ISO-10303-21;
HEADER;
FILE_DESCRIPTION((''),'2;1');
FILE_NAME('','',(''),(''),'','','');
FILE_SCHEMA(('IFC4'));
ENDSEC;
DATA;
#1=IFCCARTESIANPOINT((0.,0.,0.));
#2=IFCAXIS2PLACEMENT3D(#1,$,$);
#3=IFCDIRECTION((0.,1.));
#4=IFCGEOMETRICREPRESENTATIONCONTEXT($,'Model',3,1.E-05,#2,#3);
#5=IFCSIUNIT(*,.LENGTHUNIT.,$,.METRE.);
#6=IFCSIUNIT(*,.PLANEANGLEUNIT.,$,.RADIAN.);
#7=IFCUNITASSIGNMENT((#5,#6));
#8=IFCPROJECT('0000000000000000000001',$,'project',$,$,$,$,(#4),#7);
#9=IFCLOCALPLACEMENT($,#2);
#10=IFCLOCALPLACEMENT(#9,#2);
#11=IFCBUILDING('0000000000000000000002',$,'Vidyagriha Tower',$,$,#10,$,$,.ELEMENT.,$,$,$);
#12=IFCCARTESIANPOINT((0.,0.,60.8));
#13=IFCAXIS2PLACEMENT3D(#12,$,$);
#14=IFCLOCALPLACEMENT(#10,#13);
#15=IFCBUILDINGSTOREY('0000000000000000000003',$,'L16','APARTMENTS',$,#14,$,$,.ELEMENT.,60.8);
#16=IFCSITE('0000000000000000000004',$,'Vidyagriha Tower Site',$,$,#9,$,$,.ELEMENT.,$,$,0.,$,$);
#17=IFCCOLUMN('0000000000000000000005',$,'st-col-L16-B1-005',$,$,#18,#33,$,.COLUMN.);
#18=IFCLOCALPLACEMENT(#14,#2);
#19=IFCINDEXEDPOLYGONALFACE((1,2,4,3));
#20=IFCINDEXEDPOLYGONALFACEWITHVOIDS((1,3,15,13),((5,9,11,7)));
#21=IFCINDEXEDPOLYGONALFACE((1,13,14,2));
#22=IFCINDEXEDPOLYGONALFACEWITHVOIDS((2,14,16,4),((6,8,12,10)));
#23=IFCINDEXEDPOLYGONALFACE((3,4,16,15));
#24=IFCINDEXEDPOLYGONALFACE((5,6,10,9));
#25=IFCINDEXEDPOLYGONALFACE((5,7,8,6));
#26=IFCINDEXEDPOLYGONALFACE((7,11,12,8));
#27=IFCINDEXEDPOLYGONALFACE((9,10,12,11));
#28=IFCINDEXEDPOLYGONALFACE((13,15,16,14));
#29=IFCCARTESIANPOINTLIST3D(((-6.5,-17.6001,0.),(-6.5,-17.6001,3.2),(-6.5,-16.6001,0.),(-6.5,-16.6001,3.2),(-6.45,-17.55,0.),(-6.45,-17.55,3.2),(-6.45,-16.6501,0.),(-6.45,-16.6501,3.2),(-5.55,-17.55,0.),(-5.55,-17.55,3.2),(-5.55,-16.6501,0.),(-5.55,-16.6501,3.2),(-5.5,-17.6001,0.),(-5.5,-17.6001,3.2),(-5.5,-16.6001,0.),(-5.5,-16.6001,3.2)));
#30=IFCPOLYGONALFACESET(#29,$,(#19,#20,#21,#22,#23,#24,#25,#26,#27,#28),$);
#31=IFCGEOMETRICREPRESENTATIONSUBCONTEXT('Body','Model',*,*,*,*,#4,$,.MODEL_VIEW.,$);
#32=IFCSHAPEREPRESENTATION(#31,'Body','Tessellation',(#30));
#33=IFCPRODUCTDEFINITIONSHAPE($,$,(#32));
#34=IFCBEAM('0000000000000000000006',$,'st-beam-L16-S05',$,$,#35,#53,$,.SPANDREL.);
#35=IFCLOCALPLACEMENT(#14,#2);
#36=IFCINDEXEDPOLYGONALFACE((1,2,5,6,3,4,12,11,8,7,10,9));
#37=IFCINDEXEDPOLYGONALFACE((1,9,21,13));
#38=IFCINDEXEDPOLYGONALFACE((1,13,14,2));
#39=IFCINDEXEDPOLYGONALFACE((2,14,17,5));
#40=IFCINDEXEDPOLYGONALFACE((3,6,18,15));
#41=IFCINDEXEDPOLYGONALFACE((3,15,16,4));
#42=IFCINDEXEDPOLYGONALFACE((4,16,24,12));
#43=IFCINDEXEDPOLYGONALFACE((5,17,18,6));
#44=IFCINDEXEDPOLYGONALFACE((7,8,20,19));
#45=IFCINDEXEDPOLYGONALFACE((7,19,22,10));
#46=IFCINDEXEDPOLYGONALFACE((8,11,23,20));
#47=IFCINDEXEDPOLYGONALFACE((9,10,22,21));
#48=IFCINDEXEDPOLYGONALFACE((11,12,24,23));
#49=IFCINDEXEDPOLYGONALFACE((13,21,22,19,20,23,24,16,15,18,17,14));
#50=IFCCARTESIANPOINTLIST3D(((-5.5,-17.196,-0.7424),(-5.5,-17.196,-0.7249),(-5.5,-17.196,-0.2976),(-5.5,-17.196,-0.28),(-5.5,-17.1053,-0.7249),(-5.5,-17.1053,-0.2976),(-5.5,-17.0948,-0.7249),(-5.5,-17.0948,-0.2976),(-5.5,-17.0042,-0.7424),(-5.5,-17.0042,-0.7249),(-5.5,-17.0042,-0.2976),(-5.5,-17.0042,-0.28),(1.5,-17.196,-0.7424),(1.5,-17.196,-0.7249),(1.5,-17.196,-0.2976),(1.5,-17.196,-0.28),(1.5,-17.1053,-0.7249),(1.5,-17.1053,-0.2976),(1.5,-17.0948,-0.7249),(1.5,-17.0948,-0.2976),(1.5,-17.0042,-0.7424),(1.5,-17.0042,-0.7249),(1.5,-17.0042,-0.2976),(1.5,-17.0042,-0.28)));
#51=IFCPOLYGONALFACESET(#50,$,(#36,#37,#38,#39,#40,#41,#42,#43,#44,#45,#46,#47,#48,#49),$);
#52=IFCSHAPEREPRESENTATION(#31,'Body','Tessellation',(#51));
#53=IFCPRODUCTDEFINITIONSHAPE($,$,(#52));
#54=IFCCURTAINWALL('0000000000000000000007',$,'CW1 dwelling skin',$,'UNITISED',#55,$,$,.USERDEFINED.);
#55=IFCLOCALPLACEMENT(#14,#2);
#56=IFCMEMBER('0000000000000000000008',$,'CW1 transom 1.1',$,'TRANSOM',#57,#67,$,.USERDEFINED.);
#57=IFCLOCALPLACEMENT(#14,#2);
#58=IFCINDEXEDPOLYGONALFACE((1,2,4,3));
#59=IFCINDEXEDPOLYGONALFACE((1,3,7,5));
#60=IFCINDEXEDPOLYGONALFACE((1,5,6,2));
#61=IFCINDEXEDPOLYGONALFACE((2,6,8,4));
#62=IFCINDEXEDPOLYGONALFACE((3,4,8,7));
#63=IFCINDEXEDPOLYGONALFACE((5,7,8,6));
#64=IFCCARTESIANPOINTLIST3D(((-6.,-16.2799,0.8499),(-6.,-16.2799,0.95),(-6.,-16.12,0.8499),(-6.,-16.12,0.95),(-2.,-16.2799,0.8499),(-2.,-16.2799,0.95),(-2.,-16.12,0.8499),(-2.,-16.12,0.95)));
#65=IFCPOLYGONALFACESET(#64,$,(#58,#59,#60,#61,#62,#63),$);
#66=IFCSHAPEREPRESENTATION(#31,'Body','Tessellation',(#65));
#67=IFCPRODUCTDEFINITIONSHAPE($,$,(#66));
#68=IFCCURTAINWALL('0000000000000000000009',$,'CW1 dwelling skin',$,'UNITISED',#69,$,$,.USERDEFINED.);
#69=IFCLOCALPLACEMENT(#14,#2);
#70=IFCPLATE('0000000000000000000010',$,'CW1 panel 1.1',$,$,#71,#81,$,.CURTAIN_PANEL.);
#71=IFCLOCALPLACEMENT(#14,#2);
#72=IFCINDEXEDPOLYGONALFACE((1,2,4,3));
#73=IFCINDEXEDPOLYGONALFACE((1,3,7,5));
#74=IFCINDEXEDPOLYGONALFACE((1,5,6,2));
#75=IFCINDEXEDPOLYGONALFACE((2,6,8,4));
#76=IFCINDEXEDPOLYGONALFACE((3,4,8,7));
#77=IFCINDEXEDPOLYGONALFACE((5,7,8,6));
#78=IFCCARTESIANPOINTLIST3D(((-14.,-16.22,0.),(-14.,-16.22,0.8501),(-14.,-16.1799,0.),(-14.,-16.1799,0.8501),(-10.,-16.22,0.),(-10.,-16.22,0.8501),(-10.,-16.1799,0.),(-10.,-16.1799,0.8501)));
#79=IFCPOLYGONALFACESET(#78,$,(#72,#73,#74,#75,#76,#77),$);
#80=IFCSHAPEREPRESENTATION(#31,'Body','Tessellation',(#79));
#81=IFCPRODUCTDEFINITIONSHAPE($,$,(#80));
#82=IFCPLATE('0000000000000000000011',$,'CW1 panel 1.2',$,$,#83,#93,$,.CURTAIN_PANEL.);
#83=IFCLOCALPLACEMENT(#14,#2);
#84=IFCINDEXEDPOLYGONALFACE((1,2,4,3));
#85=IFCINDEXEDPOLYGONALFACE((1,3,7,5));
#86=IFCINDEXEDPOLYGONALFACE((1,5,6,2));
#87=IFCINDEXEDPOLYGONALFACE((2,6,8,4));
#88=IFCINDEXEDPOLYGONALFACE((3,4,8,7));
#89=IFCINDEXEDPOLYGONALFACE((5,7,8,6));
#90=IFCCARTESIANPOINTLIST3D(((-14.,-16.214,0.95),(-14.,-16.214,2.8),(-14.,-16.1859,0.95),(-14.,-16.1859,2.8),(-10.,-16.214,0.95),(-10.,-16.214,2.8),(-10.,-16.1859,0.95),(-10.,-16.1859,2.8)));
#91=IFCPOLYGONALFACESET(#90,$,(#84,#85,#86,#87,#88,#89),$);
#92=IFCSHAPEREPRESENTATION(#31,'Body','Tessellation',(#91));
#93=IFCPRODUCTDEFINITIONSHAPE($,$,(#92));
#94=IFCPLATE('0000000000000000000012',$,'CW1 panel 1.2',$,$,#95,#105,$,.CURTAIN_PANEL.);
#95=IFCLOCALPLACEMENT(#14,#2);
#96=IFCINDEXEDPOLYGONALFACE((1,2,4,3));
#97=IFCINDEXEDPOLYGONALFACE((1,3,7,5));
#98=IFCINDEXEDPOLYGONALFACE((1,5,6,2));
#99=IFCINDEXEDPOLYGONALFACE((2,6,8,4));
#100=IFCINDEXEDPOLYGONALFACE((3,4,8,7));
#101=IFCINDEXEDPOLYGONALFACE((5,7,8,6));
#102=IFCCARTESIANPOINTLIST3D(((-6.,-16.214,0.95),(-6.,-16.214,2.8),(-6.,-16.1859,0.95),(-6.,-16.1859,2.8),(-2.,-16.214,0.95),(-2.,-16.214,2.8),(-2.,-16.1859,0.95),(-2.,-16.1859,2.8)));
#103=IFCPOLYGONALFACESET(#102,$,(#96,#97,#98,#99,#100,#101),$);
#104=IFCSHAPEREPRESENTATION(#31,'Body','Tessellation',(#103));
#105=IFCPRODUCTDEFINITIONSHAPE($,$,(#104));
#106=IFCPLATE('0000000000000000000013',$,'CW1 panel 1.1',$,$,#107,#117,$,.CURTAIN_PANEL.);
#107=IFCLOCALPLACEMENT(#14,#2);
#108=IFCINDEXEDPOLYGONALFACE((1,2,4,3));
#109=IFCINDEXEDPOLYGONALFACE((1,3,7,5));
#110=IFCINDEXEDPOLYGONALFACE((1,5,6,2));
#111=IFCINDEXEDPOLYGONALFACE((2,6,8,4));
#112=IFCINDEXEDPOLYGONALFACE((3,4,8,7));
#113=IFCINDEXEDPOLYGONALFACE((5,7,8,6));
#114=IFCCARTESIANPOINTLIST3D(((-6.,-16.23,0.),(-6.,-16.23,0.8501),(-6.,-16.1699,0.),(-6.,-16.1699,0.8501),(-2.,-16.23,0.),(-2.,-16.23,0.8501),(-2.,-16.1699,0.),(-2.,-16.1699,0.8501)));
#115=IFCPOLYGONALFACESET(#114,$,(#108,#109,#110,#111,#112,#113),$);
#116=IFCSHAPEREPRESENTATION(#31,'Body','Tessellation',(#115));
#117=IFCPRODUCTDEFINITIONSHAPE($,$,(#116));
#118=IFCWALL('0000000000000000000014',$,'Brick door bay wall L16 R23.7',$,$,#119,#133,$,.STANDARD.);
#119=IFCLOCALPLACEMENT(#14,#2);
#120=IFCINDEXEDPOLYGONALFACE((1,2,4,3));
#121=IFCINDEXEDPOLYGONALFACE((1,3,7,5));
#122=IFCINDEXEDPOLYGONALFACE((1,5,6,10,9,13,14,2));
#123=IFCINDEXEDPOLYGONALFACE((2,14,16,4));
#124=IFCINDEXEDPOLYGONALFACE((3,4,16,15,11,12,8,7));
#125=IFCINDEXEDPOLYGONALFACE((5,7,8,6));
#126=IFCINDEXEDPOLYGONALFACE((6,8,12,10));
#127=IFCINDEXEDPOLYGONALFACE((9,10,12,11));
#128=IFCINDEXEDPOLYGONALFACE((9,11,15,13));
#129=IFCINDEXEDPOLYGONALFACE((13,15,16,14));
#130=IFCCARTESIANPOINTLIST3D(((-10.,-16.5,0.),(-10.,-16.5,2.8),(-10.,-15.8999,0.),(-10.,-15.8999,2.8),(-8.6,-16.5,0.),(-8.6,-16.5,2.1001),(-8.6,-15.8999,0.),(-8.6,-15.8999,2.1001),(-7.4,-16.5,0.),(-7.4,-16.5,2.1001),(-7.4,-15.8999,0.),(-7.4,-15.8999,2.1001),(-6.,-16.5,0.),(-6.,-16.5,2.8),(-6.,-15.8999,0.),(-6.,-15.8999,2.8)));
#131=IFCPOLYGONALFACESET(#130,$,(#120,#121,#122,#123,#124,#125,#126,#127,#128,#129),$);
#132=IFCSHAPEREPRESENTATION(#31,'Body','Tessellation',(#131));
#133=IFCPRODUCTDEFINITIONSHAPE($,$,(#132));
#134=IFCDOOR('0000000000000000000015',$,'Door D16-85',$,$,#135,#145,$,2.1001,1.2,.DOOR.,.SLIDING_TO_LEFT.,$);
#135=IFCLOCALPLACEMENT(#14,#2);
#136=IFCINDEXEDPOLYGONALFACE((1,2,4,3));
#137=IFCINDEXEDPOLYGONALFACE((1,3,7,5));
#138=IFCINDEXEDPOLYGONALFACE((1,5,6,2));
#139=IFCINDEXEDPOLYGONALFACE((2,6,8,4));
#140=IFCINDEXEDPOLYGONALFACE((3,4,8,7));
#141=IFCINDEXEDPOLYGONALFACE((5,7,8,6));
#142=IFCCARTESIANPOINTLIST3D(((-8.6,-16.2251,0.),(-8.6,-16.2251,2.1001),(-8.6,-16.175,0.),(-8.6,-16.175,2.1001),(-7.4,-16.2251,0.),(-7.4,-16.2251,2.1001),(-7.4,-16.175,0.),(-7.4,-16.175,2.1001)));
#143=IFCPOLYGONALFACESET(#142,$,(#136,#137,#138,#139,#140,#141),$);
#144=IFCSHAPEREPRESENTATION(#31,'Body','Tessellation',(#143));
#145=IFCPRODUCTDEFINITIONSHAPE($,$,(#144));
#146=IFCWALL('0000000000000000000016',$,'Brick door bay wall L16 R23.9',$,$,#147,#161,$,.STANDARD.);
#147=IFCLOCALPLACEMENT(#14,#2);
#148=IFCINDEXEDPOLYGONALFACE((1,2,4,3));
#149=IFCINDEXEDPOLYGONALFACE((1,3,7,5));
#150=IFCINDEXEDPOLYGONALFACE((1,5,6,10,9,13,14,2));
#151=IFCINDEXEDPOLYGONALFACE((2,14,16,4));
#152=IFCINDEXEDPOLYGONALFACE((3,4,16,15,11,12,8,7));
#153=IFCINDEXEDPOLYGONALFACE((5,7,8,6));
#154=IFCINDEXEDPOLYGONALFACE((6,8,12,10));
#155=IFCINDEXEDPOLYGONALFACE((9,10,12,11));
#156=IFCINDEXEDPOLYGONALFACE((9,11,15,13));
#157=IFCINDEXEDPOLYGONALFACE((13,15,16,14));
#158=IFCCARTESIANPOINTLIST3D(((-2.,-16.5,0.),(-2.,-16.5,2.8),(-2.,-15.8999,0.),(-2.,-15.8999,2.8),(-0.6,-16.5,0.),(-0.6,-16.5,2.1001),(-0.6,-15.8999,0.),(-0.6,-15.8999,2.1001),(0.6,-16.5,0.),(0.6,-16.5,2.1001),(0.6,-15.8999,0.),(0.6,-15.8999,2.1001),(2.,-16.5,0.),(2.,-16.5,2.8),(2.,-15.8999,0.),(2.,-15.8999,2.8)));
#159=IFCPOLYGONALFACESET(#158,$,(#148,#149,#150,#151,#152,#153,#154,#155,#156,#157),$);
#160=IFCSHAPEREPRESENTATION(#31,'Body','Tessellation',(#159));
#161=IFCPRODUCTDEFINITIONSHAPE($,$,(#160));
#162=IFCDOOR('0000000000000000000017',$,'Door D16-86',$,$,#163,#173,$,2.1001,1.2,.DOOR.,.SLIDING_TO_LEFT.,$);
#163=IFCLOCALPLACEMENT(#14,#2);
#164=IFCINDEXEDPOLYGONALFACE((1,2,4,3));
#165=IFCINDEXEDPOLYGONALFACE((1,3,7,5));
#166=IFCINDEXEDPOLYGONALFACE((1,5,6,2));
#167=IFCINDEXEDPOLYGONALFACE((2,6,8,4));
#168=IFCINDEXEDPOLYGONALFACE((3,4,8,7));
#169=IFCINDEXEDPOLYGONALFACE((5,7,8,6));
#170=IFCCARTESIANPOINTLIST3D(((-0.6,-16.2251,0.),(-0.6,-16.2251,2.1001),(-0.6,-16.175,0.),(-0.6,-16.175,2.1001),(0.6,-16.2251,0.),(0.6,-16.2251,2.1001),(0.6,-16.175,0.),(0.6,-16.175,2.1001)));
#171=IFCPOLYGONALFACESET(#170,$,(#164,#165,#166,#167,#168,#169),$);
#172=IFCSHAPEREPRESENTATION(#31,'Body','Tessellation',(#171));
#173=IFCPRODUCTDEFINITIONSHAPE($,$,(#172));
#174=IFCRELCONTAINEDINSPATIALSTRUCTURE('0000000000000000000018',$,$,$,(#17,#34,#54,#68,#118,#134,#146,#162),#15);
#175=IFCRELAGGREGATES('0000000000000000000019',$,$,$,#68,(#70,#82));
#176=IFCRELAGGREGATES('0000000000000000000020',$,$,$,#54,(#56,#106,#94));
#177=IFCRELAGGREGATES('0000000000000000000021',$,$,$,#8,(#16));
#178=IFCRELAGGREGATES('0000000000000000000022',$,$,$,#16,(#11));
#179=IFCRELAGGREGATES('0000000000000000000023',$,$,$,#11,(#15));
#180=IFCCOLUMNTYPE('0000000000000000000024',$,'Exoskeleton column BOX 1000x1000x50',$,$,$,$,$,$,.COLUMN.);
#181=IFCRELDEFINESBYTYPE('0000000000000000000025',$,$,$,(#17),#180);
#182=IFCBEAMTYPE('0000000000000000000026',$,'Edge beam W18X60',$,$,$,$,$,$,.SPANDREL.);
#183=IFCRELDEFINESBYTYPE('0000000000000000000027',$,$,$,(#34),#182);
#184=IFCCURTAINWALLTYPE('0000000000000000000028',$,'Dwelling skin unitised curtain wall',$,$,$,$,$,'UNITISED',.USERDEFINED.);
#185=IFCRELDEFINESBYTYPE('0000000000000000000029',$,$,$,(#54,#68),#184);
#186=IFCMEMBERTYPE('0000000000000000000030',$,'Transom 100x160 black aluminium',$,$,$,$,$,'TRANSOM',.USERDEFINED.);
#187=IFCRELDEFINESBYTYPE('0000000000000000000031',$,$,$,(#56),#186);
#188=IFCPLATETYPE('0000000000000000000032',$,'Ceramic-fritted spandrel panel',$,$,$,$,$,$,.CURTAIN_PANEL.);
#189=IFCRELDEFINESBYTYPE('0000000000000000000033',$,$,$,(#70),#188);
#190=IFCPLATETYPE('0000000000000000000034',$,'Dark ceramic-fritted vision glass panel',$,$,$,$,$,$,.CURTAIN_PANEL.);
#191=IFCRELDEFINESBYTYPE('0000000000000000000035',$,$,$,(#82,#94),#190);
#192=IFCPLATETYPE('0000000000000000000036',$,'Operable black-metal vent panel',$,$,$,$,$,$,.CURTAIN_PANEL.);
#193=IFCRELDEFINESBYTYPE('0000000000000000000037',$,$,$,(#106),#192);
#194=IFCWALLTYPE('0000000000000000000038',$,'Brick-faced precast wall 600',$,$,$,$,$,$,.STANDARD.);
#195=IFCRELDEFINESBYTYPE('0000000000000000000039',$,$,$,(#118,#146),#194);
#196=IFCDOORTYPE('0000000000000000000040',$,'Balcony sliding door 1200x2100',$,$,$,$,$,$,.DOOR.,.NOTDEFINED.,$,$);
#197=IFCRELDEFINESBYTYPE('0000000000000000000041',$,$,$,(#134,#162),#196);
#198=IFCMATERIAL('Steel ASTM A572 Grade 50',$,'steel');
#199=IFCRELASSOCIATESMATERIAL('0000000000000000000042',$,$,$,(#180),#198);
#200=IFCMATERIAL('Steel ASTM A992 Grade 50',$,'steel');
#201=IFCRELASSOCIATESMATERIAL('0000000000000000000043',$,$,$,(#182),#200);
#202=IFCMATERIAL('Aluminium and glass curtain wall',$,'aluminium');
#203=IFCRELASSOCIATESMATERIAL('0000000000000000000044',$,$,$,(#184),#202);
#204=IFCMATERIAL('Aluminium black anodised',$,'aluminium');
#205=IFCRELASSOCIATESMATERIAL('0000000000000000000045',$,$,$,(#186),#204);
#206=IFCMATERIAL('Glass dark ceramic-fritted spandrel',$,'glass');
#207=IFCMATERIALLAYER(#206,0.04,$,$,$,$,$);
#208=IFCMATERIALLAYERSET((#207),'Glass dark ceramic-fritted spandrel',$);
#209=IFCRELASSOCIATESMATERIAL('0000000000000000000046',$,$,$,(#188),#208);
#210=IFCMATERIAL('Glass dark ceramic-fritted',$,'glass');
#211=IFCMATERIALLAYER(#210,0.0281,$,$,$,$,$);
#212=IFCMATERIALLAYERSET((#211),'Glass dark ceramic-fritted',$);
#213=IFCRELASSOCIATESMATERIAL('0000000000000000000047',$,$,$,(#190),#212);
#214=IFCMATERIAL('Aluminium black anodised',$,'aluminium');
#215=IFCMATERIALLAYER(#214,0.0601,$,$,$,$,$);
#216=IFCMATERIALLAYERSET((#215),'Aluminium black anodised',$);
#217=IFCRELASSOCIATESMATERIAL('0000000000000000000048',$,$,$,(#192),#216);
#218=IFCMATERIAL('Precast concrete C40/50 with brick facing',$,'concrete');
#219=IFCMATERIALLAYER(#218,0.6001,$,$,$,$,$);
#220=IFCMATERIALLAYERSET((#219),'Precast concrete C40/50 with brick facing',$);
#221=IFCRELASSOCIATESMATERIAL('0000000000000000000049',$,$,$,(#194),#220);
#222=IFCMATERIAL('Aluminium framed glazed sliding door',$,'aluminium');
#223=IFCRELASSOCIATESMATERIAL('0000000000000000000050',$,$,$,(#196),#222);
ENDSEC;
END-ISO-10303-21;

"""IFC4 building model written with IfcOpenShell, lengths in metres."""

from ifc_helpers import new_model, si_unit, direction, frame, frame_2d, origin, origin_2d, place, context, subcontext, project, spatial, rectangle, hollow_rectangle, i_section, extrude, material, layer, layer_set, material_profile, profile_set, type_object, element, fill, aggregate, save


model = new_model("IFC4")

# Units and contexts
model_context = context("Model", 3, precision=1e-05, world=origin(), true_north=direction((0.0, 1.0)))
body_context = subcontext(model_context, "Body", "Model", "MODEL_VIEW")
ifc_project = project(units=[si_unit("LENGTHUNIT", "METRE"), si_unit("PLANEANGLEUNIT", "RADIAN")], contexts=[model_context])

# Site, building, storey
site_placement = place(None, origin())
site = spatial("IfcSite", under=ifc_project, at=site_placement, Name="Vidyagriha Tower Site", CompositionType="ELEMENT", RefElevation=0.0)
building_placement = place(site_placement, origin())
building = spatial("IfcBuilding", under=site, at=building_placement, Name="Vidyagriha Tower", CompositionType="ELEMENT")
storey_placement = place(building_placement, frame((0.0, 0.0, 60.8)))
storey = spatial("IfcBuildingStorey", under=building, at=storey_placement, Name="L16", Description="APARTMENTS", CompositionType="ELEMENT", Elevation=60.8)

# Column
ifc_material_1 = material(Name="Steel ASTM A572 Grade 50", Category="steel")
ifc_material_profile_1 = material_profile(ifc_material_1, hollow_rectangle(XDim=1.0, YDim=1.0, WallThickness=0.05, at=origin_2d()), Name="BOX 1000x1000x50")
ifc_profile_set_1 = profile_set([ifc_material_profile_1], Name="Steel ASTM A572 Grade 50")
column_type = type_object("IfcColumnType", Name="Exoskeleton column BOX 1000x1000x50", PredefinedType="COLUMN", material=ifc_profile_set_1)
column_placement = place(storey_placement, frame((-6.0, -17.1001, 0.0)))
element("IfcColumn", 1, at=column_placement, inside=storey, type_object=column_type, Name="st-col-L16-B1-005", PredefinedType="COLUMN", context=body_context, shape_type="SweptSolid", body=[
    extrude(hollow_rectangle(XDim=1.0, YDim=1.0, WallThickness=0.05, at=origin_2d()), origin(), (0.0, 0.0, 1.0), 3.2),
])

# Beam
ifc_material_2 = material(Name="Steel ASTM A992 Grade 50", Category="steel")
ifc_material_profile_2 = material_profile(ifc_material_2, i_section(OverallWidth=0.1919, OverallDepth=0.4624, WebThickness=0.0105, FlangeThickness=0.0176, at=origin_2d()), Name="W18X60")
ifc_profile_set_2 = profile_set([ifc_material_profile_2], Name="Steel ASTM A992 Grade 50")
beam_type = type_object("IfcBeamType", Name="Edge beam W18X60", PredefinedType="SPANDREL", material=ifc_profile_set_2)
beam_placement = place(storey_placement, frame((-5.5, -17.1001, -0.5112), z_axis=(1.0, 0.0, 0.0), x_axis=(0.0, 1.0, 0.0)))
element("IfcBeam", 2, at=beam_placement, inside=storey, type_object=beam_type, Name="st-beam-L16-S05", PredefinedType="SPANDREL", context=body_context, shape_type="SweptSolid", body=[
    extrude(i_section(OverallWidth=0.1919, OverallDepth=0.4624, WebThickness=0.0105, FlangeThickness=0.0176, at=origin_2d()), origin(), (0.0, 0.0, 1.0), 7.0),
])

# Curtain wall, member
ifc_material_3 = material(Name="Aluminium and glass curtain wall", Category="aluminium")
curtain_wall_type = type_object("IfcCurtainWallType", Name="Dwelling skin unitised curtain wall", ElementType="UNITISED", PredefinedType="USERDEFINED", material=ifc_material_3)
curtain_wall_1_placement = place(storey_placement, origin())
curtain_wall_1 = element("IfcCurtainWall", 3, at=curtain_wall_1_placement, inside=storey, type_object=curtain_wall_type, Name="CW1 dwelling skin", ObjectType="UNITISED", PredefinedType="USERDEFINED")
ifc_material_4 = material(Name="Aluminium black anodised", Category="aluminium")
ifc_material_profile_3 = material_profile(ifc_material_4, rectangle(XDim=0.1599, YDim=0.1001, at=origin_2d()), Name="Transom 100x160 black aluminium")
ifc_profile_set_3 = profile_set([ifc_material_profile_3], Name="Aluminium black anodised")
member_type = type_object("IfcMemberType", Name="Transom 100x160 black aluminium", ElementType="TRANSOM", PredefinedType="USERDEFINED", material=ifc_profile_set_3)
member_placement = place(storey_placement, frame((-6.0, -16.2, 0.8999), z_axis=(1.0, 0.0, 0.0), x_axis=(0.0, 1.0, 0.0)))
member = element("IfcMember", 4, at=member_placement, type_object=member_type, Name="CW1 transom 1.1", ObjectType="TRANSOM", PredefinedType="USERDEFINED", context=body_context, shape_type="SweptSolid", body=[
    extrude(rectangle(XDim=0.1599, YDim=0.1001, at=origin_2d()), origin(), (0.0, 0.0, 1.0), 4.0),
])

# Curtain wall, plates
curtain_wall_2_placement = place(storey_placement, origin())
curtain_wall_2 = element("IfcCurtainWall", 5, at=curtain_wall_2_placement, inside=storey, type_object=curtain_wall_type, Name="CW1 dwelling skin", ObjectType="UNITISED", PredefinedType="USERDEFINED")
ifc_material_5 = material(Name="Glass dark ceramic-fritted spandrel", Category="glass")
ifc_layer_1 = layer(ifc_material_5, 0.04)
ifc_layer_set_1 = layer_set([ifc_layer_1], Name="Glass dark ceramic-fritted spandrel")
plate_type_1 = type_object("IfcPlateType", Name="Ceramic-fritted spandrel panel", PredefinedType="CURTAIN_PANEL", material=ifc_layer_set_1)
plate_1_placement = place(storey_placement, frame((-12.0, -16.2, 0.0)))
plate_1 = element("IfcPlate", 6, at=plate_1_placement, type_object=plate_type_1, Name="CW1 panel 1.1", PredefinedType="CURTAIN_PANEL", context=body_context, shape_type="SweptSolid", body=[
    extrude(rectangle(XDim=4.0, YDim=0.04, at=origin_2d()), origin(), (0.0, 0.0, 1.0), 0.8501),
])
ifc_material_6 = material(Name="Glass dark ceramic-fritted", Category="glass")
ifc_layer_2 = layer(ifc_material_6, 0.0281)
ifc_layer_set_2 = layer_set([ifc_layer_2], Name="Glass dark ceramic-fritted")
plate_type_2 = type_object("IfcPlateType", Name="Dark ceramic-fritted vision glass panel", PredefinedType="CURTAIN_PANEL", material=ifc_layer_set_2)
plate_2_placement = place(storey_placement, frame((-12.0, -16.2, 0.95)))
plate_2 = element("IfcPlate", 7, at=plate_2_placement, type_object=plate_type_2, Name="CW1 panel 1.2", PredefinedType="CURTAIN_PANEL", context=body_context, shape_type="SweptSolid", body=[
    extrude(rectangle(XDim=4.0, YDim=0.0281, at=origin_2d()), origin(), (0.0, 0.0, 1.0), 1.8501),
])
aggregate(curtain_wall_2, [plate_1, plate_2])

# Plates
plate_3_placement = place(storey_placement, frame((-4.0, -16.2, 0.95)))
plate_3 = element("IfcPlate", 8, at=plate_3_placement, type_object=plate_type_2, Name="CW1 panel 1.2", PredefinedType="CURTAIN_PANEL", context=body_context, shape_type="SweptSolid", body=[
    extrude(rectangle(XDim=4.0, YDim=0.0281, at=origin_2d()), origin(), (0.0, 0.0, 1.0), 1.8501),
])
ifc_material_7 = material(Name="Aluminium black anodised", Category="aluminium")
ifc_layer_3 = layer(ifc_material_7, 0.0601)
ifc_layer_set_3 = layer_set([ifc_layer_3], Name="Aluminium black anodised")
plate_type_3 = type_object("IfcPlateType", Name="Operable black-metal vent panel", PredefinedType="CURTAIN_PANEL", material=ifc_layer_set_3)
plate_4_placement = place(storey_placement, frame((-4.0, -16.2, 0.0)))
plate_4 = element("IfcPlate", 9, at=plate_4_placement, type_object=plate_type_3, Name="CW1 panel 1.1", PredefinedType="CURTAIN_PANEL", context=body_context, shape_type="SweptSolid", body=[
    extrude(rectangle(XDim=4.0, YDim=0.0601, at=origin_2d()), origin(), (0.0, 0.0, 1.0), 0.8501),
])
aggregate(curtain_wall_1, [member, plate_4, plate_3])

# Walls, openings, doors
ifc_material_8 = material(Name="Precast concrete C40/50 with brick facing", Category="concrete")
ifc_layer_4 = layer(ifc_material_8, 0.6001)
ifc_layer_set_4 = layer_set([ifc_layer_4], Name="Precast concrete C40/50 with brick facing")
wall_type = type_object("IfcWallType", Name="Brick-faced precast wall 600", PredefinedType="STANDARD", material=ifc_layer_set_4)
wall_1_placement = place(storey_placement, frame((-10.0, -16.2, 0.0)))
wall_1 = element("IfcWall", 10, at=wall_1_placement, inside=storey, type_object=wall_type, Name="Brick door bay wall L16 R23.7", PredefinedType="STANDARD", context=body_context, shape_type="SweptSolid", body=[
    extrude(rectangle(XDim=4.0, YDim=0.6001, at=frame_2d((2.0, 0.0))), origin(), (0.0, 0.0, 1.0), 2.8),
])
opening_1_placement = place(wall_1_placement, frame((1.3999, 0.0, 0.0)))
opening_1 = element("IfcOpeningElement", 11, at=opening_1_placement, cuts=wall_1, PredefinedType="OPENING", context=body_context, shape_type="SweptSolid", body=[
    extrude(rectangle(XDim=1.2, YDim=2.1001, at=frame_2d((0.6001, 1.05))), frame((0.0, 0.3101, 0.0), z_axis=(0.0, -1.0, 0.0), x_axis=(1.0, 0.0, 0.0)), (0.0, 0.0, 1.0), 0.6201),
])
ifc_material_9 = material(Name="Aluminium framed glazed sliding door", Category="aluminium")
door_type = type_object("IfcDoorType", Name="Balcony sliding door 1200x2100", OperationType="NOTDEFINED", PredefinedType="DOOR", material=ifc_material_9)
door_1_placement = place(opening_1_placement, origin())
door_1 = element("IfcDoor", 12, at=door_1_placement, inside=storey, type_object=door_type, Name="Door D16-85", OperationType="SLIDING_TO_LEFT", OverallHeight=2.1001, OverallWidth=1.2, PredefinedType="DOOR", context=body_context, shape_type="SweptSolid", body=[
    extrude(rectangle(XDim=1.2, YDim=2.1001, at=frame_2d((0.6001, 1.05))), frame((0.0, 0.0249, 0.0), z_axis=(0.0, -1.0, 0.0), x_axis=(1.0, 0.0, 0.0)), (0.0, 0.0, 1.0), 0.05),
])
fill(opening_1, door_1)
wall_2_placement = place(storey_placement, frame((-2.0, -16.2, 0.0)))
wall_2 = element("IfcWall", 13, at=wall_2_placement, inside=storey, type_object=wall_type, Name="Brick door bay wall L16 R23.9", PredefinedType="STANDARD", context=body_context, shape_type="SweptSolid", body=[
    extrude(rectangle(XDim=4.0, YDim=0.6001, at=frame_2d((2.0, 0.0))), origin(), (0.0, 0.0, 1.0), 2.8),
])
opening_2_placement = place(wall_2_placement, frame((1.3999, 0.0, 0.0)))
opening_2 = element("IfcOpeningElement", 14, at=opening_2_placement, cuts=wall_2, PredefinedType="OPENING", context=body_context, shape_type="SweptSolid", body=[
    extrude(rectangle(XDim=1.2, YDim=2.1001, at=frame_2d((0.6001, 1.05))), frame((0.0, 0.3101, 0.0), z_axis=(0.0, -1.0, 0.0), x_axis=(1.0, 0.0, 0.0)), (0.0, 0.0, 1.0), 0.6201),
])
door_2_placement = place(opening_2_placement, origin())
door_2 = element("IfcDoor", 15, at=door_2_placement, inside=storey, type_object=door_type, Name="Door D16-86", OperationType="SLIDING_TO_LEFT", OverallHeight=2.1001, OverallWidth=1.2, PredefinedType="DOOR", context=body_context, shape_type="SweptSolid", body=[
    extrude(rectangle(XDim=1.2, YDim=2.1001, at=frame_2d((0.6001, 1.05))), frame((0.0, 0.0249, 0.0), z_axis=(0.0, -1.0, 0.0), x_axis=(1.0, 0.0, 0.0)), (0.0, 0.0, 1.0), 0.05),
])
fill(opening_2, door_2)

save(model, "model.ifc")
